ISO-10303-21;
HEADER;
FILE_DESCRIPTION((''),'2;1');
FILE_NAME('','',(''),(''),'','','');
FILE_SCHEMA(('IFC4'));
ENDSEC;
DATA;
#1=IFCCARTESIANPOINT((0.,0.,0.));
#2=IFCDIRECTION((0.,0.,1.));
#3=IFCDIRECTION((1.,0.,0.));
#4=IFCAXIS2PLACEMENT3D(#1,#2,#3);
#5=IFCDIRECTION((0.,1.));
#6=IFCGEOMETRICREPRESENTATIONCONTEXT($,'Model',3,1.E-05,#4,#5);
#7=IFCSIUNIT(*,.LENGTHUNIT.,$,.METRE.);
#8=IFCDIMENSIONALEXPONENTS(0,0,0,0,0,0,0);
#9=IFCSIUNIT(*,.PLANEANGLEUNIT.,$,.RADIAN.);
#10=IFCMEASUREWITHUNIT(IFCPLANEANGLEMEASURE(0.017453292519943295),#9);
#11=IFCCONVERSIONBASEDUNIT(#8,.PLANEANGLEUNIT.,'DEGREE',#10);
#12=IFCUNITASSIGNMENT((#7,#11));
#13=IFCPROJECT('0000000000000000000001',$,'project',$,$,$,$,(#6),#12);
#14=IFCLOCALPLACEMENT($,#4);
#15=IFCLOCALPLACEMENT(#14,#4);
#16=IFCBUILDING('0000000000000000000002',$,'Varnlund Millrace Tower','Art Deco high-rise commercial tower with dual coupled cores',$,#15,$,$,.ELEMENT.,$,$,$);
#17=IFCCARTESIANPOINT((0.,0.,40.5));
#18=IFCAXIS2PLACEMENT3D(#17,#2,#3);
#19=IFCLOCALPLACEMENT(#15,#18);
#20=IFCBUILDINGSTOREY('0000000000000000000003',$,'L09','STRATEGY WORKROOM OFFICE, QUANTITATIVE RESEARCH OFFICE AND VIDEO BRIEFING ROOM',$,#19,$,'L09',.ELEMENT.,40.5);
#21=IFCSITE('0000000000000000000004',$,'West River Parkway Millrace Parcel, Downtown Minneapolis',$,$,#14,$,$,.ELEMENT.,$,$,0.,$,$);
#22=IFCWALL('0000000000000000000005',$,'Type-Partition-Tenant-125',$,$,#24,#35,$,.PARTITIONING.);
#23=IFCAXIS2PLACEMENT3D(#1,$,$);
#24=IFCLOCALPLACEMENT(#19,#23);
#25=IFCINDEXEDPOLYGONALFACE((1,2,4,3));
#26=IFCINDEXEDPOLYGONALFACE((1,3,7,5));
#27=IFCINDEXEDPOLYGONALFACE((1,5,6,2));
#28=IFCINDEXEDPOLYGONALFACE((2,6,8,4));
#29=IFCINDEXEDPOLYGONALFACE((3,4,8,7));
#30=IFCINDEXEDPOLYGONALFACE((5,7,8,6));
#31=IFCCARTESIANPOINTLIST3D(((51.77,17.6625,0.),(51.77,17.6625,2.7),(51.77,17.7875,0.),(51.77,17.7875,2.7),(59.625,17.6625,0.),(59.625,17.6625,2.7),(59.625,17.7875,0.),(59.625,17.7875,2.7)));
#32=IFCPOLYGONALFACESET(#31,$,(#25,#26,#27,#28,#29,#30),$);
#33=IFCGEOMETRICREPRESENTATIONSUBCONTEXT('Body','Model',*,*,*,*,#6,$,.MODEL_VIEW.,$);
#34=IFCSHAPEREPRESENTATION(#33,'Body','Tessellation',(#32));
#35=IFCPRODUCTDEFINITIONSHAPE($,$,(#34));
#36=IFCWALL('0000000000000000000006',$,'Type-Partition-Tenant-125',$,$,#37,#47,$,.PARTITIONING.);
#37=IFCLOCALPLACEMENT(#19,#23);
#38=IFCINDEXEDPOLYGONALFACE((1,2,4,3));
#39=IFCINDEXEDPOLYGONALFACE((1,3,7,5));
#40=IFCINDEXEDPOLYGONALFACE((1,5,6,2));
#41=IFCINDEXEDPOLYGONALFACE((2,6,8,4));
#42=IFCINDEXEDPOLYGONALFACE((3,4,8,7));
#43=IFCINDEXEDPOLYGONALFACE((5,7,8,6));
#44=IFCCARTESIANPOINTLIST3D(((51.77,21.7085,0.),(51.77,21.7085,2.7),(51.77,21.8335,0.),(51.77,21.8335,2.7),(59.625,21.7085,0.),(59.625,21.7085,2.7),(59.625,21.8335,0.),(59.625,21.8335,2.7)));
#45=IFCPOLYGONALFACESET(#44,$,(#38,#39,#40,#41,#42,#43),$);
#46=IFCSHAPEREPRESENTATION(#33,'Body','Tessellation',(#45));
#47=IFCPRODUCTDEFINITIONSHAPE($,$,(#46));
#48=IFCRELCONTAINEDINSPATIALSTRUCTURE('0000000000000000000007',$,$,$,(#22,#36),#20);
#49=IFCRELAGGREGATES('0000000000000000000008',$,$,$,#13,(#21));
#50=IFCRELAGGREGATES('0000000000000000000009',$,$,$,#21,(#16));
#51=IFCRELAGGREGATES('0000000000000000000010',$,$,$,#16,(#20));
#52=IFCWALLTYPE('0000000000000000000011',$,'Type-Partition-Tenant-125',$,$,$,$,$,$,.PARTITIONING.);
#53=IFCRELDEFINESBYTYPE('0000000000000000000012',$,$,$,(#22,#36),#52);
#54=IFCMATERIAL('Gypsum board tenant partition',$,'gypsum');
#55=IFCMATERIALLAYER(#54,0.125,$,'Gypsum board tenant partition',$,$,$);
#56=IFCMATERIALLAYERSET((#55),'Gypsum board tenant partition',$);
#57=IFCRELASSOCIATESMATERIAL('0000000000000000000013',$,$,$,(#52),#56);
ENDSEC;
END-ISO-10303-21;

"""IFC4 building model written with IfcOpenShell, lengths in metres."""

from ifc_helpers import new_model, entity, si_unit, converted_unit, direction, frame, origin_with_axes, place, context, subcontext, project, spatial, polyline, outline, extrude, material, layer, layer_set, type_object, element, save


model = new_model("IFC4")

# Units and contexts
model_context = context("Model", 3, precision=1e-05, world=origin_with_axes(), true_north=direction((0.0, 1.0)))
body_context = subcontext(model_context, "Body", "Model", "MODEL_VIEW")
ifc_project = project(units=[si_unit("LENGTHUNIT", "METRE"), converted_unit("PLANEANGLEUNIT", "DEGREE", entity("IfcPlaneAngleMeasure", 0.017453292519943295), si_unit("PLANEANGLEUNIT", "RADIAN"), dimensions=[0, 0, 0, 0, 0, 0, 0])], contexts=[model_context])

# Site, building, storey
site_placement = place(None, origin_with_axes())
site = spatial("IfcSite", under=ifc_project, at=site_placement, Name="West River Parkway Millrace Parcel, Downtown Minneapolis", CompositionType="ELEMENT", RefElevation=0.0)
building_placement = place(site_placement, origin_with_axes())
building = spatial("IfcBuilding", under=site, at=building_placement, Name="Varnlund Millrace Tower", Description="Art Deco high-rise commercial tower with dual coupled cores", CompositionType="ELEMENT")
storey_placement = place(building_placement, frame((0.0, 0.0, 40.5), z_axis=(0.0, 0.0, 1.0), x_axis=(1.0, 0.0, 0.0)))
storey = spatial("IfcBuildingStorey", under=building, at=storey_placement, Name="L09", Description="STRATEGY WORKROOM OFFICE, QUANTITATIVE RESEARCH OFFICE AND VIDEO BRIEFING ROOM", LongName="L09", CompositionType="ELEMENT", Elevation=40.5)

# Walls
ifc_material_1 = material(Name="Gypsum board tenant partition", Category="gypsum")
ifc_layer_1 = layer(ifc_material_1, 0.125, Name="Gypsum board tenant partition")
ifc_layer_set_1 = layer_set([ifc_layer_1], Name="Gypsum board tenant partition")
wall_type_1 = type_object("IfcWallType", Name="Type-Partition-Tenant-125", PredefinedType="PARTITIONING", material=ifc_layer_set_1)
for number, where, z_axis, x_axis, name in (
    (1, (51.77, 17.725, 0.0), (0.0, 0.0, 1.0), (1.0, 0.0, 0.0), "Type-Partition-Tenant-125"),
    (2, (51.77, 21.771, 0.0), (0.0, 0.0, 1.0), (1.0, 0.0, 0.0), "Type-Partition-Tenant-125"),
):
    element("IfcWall", number, at=place(storey_placement, frame(where, z_axis=z_axis, x_axis=x_axis)), inside=storey, type_object=wall_type_1, Name=name, PredefinedType="PARTITIONING", context=body_context, shape_type="SweptSolid", body=[
        extrude(outline(polyline([(0.0, -0.0625), (7.855, -0.0625), (7.855, 0.0625), (0.0, 0.0625), (0.0, -0.0625)])), origin_with_axes(), (0.0, 0.0, 1.0), 2.7),
    ])

save(model, "model.ifc")
